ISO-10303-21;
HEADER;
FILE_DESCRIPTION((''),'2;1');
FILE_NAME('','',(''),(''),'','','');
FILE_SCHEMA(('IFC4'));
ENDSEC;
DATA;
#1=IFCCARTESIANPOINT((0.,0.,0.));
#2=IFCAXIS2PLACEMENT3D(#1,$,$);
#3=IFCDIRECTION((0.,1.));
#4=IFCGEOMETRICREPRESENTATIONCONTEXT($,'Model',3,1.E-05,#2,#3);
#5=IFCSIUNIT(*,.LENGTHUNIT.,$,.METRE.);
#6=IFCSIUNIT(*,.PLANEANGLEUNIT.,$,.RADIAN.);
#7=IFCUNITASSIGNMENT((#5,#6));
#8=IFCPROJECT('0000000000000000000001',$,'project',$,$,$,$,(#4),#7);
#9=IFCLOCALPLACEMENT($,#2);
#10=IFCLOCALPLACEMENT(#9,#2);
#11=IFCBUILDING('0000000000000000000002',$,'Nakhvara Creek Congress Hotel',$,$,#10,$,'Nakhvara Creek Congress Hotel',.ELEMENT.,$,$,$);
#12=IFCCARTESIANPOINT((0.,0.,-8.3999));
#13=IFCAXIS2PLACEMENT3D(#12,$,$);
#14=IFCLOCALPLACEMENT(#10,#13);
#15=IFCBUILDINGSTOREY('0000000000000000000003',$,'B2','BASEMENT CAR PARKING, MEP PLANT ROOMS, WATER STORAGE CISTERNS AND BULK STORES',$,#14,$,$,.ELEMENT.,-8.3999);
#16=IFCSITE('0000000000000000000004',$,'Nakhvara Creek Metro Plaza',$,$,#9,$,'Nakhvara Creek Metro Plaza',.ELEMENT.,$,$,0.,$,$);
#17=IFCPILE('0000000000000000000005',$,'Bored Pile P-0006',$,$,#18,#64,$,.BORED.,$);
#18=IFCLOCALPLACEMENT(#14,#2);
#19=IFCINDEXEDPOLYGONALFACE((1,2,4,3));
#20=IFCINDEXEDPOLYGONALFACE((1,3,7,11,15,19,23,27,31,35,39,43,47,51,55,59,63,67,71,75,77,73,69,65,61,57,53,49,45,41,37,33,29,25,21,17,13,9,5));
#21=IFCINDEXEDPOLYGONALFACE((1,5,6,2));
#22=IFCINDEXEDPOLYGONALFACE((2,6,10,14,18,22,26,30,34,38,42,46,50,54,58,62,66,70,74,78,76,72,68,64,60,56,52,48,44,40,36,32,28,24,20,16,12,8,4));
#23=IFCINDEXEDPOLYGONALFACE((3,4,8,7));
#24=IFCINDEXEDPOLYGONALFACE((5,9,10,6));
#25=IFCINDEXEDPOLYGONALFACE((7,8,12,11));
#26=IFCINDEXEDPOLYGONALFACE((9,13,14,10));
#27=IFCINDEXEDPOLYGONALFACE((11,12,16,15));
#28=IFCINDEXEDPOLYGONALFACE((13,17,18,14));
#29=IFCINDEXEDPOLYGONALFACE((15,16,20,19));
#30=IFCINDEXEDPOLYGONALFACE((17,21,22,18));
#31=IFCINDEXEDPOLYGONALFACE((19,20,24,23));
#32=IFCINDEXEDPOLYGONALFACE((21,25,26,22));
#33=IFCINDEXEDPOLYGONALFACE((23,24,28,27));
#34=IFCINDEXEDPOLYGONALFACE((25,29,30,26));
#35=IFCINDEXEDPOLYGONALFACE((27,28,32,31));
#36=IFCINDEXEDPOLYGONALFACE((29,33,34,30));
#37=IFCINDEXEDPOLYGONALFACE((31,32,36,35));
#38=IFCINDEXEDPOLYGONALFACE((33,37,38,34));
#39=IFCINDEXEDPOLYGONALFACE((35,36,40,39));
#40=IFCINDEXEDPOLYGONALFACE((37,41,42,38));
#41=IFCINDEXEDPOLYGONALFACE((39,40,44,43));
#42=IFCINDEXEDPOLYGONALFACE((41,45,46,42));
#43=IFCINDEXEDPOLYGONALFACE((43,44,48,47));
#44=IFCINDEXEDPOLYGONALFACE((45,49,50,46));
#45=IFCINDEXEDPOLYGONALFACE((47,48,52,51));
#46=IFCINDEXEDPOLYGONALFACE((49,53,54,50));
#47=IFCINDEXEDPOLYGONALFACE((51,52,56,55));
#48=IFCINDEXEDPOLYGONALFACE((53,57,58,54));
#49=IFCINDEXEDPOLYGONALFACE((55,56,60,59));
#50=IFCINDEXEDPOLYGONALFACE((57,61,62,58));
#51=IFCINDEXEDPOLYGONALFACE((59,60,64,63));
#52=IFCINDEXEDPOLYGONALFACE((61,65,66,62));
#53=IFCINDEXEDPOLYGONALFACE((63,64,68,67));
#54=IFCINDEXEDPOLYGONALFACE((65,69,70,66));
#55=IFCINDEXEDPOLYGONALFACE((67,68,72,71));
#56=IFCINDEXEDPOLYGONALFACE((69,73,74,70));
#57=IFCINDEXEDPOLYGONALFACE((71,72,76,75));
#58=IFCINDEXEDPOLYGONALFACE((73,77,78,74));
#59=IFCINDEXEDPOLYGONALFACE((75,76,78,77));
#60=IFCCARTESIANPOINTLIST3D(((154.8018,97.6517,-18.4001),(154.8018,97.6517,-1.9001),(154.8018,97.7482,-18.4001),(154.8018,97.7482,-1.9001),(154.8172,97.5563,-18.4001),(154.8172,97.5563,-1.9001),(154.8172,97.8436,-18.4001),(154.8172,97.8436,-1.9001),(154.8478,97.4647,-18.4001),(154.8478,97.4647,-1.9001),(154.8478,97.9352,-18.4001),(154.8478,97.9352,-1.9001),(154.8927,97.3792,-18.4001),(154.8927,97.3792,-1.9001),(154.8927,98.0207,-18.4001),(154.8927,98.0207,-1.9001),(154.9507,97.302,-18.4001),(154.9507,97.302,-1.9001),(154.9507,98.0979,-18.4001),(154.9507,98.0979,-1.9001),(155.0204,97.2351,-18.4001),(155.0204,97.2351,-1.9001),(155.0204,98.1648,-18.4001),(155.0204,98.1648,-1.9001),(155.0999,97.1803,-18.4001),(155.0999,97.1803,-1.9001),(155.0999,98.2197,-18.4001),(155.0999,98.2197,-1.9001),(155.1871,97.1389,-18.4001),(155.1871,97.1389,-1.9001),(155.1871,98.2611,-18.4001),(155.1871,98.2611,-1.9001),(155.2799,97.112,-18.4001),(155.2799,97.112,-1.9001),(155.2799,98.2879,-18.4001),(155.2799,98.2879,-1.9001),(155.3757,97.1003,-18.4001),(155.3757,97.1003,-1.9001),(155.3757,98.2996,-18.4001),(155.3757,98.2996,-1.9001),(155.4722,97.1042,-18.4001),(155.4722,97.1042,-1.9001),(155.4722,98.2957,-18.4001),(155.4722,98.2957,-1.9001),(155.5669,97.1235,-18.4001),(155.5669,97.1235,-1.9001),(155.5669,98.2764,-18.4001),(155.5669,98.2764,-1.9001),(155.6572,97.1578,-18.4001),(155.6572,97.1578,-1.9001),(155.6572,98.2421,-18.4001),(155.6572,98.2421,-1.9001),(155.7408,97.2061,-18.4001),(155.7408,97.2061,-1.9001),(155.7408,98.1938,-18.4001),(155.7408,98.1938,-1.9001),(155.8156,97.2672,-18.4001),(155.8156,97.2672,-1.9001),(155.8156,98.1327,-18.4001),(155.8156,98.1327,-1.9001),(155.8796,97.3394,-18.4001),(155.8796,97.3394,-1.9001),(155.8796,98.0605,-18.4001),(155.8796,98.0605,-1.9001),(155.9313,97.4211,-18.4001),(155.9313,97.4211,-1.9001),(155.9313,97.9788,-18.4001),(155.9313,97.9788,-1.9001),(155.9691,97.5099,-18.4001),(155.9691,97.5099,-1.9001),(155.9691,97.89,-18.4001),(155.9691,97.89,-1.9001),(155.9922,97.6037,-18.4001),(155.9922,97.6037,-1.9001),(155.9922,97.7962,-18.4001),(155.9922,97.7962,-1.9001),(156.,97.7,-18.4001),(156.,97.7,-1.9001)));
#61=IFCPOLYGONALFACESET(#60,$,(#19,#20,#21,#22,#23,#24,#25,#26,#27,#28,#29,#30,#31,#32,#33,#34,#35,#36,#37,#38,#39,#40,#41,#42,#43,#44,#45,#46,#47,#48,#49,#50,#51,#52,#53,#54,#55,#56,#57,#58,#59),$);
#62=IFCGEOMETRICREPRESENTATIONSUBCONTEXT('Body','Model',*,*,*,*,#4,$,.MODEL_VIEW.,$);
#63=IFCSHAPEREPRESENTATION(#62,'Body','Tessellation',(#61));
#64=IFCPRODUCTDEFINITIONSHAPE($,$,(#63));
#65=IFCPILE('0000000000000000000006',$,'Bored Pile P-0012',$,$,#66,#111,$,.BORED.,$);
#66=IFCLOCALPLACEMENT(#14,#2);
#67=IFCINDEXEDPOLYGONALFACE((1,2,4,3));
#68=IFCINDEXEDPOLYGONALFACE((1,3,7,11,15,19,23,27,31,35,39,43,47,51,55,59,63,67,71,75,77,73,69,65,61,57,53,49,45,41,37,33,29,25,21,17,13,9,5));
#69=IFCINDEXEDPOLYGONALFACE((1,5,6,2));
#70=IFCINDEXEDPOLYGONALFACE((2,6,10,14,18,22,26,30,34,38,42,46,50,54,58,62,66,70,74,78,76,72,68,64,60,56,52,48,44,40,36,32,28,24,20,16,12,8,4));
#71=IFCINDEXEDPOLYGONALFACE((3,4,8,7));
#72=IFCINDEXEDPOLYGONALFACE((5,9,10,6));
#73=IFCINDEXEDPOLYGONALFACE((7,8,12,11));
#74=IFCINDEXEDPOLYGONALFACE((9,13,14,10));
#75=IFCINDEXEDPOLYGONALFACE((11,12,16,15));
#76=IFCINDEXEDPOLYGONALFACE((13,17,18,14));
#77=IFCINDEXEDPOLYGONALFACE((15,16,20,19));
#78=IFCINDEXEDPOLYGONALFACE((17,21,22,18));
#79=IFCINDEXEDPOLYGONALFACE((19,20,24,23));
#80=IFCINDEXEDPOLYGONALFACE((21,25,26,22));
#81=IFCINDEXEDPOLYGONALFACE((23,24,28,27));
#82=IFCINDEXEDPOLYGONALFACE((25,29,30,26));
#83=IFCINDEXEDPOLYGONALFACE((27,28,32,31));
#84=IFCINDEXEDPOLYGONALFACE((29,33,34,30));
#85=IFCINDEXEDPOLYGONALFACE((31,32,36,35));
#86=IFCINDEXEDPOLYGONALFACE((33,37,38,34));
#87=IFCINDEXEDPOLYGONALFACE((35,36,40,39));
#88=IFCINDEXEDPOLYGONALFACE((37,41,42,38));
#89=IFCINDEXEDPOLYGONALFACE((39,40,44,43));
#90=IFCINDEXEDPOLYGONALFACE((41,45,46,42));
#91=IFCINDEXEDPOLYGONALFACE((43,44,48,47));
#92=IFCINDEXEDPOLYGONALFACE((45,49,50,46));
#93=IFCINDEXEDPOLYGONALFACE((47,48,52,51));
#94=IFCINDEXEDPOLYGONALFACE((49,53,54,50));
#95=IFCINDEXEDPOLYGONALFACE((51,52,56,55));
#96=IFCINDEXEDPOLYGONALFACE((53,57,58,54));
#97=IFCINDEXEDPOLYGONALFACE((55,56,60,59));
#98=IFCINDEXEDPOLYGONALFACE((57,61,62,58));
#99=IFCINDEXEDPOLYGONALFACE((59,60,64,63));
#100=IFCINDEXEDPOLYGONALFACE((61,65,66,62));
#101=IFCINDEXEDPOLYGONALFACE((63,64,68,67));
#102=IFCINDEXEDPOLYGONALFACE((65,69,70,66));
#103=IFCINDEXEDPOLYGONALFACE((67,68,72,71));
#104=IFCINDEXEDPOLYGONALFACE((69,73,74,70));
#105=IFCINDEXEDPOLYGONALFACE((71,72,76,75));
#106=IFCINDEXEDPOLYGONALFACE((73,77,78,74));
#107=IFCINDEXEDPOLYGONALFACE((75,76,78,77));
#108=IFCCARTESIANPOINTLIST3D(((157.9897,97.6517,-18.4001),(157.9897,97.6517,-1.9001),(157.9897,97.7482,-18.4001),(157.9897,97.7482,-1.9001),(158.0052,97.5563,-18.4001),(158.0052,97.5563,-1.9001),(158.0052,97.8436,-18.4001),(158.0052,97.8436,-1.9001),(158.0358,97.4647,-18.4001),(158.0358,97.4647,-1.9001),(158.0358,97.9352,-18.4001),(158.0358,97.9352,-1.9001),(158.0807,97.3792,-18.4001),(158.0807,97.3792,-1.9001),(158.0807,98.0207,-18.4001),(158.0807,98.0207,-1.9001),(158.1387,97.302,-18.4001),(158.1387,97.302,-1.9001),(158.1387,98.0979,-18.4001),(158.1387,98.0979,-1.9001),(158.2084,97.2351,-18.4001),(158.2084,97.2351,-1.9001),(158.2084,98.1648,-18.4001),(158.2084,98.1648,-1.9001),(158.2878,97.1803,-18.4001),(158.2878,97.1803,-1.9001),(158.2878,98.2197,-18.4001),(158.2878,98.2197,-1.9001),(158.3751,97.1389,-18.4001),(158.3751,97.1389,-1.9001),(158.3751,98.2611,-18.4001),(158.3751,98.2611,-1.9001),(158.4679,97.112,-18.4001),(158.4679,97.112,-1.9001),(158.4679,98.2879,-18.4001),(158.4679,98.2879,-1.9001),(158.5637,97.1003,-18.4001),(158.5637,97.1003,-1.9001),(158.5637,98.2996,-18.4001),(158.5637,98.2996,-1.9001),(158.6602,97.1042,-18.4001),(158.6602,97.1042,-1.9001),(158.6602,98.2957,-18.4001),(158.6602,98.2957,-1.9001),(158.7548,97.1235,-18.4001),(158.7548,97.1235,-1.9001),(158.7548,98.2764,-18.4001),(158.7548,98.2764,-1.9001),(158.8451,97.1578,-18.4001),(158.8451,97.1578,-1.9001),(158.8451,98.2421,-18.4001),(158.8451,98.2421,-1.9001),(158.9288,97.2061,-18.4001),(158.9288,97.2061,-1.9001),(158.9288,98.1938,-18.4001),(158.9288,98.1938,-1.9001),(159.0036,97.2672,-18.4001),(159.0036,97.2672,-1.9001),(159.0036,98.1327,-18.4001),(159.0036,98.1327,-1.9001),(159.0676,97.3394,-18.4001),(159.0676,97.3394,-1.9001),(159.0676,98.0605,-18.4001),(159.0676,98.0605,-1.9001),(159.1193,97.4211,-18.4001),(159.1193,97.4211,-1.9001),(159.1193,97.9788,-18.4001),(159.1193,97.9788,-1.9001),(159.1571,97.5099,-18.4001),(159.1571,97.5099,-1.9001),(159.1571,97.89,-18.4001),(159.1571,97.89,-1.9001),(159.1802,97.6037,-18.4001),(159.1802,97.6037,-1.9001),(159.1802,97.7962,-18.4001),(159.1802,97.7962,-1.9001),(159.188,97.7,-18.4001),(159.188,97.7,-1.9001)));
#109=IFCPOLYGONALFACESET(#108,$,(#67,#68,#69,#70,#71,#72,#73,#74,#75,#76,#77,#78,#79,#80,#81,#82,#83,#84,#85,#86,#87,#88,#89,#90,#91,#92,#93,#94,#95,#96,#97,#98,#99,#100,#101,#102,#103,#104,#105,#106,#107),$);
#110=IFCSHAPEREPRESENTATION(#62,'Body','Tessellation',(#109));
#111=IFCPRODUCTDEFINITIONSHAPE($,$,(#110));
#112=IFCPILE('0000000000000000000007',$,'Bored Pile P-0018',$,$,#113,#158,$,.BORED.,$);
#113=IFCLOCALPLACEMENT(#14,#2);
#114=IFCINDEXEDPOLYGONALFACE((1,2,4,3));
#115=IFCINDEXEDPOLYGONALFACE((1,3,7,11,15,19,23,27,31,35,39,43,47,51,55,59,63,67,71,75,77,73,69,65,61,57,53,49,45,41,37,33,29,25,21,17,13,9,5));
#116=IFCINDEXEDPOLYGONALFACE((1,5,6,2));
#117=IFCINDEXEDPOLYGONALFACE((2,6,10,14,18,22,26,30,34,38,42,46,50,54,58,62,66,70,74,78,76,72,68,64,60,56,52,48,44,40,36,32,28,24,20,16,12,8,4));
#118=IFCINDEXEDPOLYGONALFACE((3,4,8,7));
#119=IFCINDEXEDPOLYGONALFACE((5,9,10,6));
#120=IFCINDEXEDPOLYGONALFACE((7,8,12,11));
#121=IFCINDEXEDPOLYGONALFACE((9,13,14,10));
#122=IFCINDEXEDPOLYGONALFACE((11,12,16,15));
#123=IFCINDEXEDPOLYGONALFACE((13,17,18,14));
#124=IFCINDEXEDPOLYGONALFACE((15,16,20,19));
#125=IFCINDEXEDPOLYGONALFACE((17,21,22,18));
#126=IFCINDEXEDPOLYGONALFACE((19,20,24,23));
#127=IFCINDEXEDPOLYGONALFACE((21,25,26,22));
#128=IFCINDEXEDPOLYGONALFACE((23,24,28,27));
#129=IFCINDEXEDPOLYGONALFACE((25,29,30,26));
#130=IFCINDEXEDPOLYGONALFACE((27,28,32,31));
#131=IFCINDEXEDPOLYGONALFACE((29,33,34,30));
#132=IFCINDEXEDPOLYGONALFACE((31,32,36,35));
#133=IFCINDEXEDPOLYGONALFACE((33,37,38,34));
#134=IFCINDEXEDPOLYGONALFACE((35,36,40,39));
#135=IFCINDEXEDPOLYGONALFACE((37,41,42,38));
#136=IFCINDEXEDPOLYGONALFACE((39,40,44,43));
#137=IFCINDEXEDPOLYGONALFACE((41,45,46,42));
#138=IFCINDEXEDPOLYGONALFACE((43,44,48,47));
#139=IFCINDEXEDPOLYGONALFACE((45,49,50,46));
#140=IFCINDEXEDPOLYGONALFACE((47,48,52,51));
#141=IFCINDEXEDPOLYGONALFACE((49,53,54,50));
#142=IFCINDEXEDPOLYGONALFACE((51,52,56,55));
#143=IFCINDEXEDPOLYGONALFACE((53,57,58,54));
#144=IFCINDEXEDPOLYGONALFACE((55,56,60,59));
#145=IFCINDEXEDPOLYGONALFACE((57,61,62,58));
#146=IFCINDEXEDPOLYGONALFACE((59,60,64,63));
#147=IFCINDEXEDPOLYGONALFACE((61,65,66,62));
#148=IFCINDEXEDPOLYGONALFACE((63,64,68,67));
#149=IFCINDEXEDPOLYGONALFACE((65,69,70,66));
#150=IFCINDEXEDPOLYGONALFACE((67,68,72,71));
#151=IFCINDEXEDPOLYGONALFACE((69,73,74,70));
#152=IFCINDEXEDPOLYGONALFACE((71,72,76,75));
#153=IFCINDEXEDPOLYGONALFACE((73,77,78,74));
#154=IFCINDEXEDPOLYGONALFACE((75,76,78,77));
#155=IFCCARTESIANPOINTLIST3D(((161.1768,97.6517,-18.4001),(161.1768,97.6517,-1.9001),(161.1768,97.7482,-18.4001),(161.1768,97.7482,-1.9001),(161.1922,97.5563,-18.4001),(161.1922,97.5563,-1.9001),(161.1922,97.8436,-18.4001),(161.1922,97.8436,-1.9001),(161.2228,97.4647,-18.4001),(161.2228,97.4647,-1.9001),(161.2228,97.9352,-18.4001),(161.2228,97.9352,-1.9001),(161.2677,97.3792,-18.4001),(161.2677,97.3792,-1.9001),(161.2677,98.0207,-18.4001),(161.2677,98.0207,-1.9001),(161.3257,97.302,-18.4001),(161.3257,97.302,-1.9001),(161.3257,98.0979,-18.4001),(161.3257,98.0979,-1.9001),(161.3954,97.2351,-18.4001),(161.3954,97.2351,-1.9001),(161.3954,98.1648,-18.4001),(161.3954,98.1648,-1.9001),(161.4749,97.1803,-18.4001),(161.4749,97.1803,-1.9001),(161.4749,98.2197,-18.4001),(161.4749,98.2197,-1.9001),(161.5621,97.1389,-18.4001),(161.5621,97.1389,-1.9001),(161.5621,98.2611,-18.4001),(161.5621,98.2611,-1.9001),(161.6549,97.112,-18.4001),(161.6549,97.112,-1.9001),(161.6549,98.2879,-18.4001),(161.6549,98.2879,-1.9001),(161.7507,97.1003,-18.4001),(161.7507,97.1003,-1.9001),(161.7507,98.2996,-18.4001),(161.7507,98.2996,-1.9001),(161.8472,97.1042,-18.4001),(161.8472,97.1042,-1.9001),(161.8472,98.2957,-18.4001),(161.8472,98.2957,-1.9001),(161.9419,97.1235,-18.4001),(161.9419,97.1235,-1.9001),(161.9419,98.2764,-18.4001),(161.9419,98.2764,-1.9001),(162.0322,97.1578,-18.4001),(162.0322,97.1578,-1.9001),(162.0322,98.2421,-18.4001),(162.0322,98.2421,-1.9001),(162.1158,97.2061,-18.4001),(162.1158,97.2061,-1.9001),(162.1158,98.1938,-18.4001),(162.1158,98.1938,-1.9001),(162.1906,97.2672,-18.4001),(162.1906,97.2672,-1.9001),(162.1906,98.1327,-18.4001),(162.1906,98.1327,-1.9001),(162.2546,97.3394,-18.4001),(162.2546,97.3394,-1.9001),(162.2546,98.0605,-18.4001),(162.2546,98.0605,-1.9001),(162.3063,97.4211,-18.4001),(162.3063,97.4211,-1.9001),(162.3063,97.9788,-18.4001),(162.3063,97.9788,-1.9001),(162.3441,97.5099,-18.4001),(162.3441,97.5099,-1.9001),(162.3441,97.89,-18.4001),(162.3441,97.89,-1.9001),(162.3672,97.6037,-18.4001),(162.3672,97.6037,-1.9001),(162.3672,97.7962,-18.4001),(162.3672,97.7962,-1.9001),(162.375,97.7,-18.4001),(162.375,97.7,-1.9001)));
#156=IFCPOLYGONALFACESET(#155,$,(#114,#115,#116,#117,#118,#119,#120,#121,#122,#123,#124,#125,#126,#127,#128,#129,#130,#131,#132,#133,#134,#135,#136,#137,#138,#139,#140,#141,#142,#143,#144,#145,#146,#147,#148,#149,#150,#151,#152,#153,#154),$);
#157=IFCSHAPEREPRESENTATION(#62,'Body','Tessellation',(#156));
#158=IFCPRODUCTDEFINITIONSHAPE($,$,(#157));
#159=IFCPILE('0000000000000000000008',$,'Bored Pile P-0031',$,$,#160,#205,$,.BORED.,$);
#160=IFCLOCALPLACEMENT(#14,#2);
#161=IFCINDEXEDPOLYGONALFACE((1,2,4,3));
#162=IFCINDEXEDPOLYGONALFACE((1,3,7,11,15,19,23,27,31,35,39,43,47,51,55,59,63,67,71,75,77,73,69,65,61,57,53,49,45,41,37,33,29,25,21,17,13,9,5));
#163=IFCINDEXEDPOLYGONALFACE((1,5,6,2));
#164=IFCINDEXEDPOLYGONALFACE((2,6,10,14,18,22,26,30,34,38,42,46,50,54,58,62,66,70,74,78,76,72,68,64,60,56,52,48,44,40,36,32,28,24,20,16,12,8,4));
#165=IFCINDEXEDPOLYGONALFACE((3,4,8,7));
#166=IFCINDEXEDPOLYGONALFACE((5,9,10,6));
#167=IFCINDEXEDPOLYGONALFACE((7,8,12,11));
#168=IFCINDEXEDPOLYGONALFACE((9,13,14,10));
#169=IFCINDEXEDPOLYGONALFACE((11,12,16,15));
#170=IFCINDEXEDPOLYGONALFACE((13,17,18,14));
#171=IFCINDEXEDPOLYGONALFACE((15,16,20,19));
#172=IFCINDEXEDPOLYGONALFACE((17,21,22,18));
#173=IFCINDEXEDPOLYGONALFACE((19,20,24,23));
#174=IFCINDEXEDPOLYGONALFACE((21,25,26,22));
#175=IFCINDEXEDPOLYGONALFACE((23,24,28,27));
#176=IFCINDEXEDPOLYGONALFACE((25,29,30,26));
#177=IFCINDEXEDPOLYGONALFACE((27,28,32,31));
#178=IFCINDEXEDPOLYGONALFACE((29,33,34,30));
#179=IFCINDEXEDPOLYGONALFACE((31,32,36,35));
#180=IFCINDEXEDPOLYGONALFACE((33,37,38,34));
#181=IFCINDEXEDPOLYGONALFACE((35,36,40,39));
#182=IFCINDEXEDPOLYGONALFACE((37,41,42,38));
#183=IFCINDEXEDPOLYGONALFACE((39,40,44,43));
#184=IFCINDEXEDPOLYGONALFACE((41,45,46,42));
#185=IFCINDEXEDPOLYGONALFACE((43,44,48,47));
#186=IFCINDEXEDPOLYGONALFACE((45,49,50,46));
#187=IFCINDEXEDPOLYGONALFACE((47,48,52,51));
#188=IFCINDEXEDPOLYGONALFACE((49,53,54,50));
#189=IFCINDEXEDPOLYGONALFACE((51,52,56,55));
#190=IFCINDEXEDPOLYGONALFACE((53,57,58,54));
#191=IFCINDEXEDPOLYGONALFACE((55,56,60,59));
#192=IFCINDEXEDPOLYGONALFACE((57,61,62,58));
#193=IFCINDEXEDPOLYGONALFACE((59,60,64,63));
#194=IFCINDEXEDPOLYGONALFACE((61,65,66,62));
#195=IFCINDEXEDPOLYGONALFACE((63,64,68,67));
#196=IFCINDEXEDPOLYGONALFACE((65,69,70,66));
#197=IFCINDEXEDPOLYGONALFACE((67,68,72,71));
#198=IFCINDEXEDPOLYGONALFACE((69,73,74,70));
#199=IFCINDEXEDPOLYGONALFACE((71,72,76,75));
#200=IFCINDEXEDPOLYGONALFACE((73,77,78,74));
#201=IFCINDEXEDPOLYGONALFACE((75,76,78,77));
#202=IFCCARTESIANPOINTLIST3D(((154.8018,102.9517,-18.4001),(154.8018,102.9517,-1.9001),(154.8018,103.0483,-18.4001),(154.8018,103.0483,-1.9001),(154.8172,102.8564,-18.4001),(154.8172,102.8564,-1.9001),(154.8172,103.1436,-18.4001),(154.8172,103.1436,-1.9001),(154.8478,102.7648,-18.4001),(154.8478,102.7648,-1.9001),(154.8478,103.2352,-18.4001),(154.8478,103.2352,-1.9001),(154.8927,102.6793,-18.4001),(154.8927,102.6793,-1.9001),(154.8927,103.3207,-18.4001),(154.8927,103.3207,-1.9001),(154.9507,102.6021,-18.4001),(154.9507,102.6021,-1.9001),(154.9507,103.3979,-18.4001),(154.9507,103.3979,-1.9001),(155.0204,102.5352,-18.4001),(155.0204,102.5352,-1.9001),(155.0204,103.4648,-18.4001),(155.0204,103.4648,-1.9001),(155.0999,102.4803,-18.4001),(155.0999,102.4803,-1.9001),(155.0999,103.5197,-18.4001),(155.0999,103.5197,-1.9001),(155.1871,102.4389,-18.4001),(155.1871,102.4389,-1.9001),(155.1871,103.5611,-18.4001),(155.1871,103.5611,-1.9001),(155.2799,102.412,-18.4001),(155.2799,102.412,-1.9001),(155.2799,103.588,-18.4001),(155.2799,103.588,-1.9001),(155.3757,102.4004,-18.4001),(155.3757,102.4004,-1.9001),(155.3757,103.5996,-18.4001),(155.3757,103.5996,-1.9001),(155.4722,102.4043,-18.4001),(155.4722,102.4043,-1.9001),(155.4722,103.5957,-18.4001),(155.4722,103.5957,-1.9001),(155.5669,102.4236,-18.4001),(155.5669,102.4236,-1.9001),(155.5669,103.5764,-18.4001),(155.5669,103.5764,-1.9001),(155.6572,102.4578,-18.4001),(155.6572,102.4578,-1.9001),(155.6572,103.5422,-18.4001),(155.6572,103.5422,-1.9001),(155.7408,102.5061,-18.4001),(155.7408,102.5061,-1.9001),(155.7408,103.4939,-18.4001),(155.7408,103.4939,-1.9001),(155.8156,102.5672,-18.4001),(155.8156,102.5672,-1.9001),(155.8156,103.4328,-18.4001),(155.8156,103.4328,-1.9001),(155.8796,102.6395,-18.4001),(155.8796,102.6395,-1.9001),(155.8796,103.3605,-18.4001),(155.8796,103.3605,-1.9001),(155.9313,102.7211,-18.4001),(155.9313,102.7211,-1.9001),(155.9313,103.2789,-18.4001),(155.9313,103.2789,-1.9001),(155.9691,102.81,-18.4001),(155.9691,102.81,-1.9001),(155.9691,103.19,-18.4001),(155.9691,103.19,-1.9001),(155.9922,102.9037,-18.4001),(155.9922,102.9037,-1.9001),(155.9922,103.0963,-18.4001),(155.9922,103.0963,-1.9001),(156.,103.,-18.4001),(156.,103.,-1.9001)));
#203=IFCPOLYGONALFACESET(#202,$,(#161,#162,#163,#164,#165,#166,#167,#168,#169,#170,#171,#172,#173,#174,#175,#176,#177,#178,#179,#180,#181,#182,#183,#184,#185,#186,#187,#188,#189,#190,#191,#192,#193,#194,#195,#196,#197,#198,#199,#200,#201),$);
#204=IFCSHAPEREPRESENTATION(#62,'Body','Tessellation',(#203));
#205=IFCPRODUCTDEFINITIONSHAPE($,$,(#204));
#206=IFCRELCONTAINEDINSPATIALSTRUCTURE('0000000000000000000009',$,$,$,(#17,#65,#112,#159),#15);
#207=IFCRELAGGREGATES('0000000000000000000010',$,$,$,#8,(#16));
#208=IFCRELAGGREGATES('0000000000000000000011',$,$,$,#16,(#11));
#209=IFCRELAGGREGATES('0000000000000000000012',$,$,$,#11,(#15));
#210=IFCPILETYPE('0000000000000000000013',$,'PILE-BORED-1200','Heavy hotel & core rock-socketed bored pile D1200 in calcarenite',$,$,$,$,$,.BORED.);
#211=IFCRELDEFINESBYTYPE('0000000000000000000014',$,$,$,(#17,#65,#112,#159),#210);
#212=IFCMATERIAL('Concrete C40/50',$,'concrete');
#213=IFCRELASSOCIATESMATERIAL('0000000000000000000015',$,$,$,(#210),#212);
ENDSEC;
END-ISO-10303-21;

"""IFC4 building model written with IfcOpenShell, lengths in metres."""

from ifc_helpers import new_model, si_unit, direction, frame, origin, origin_2d, place, context, subcontext, project, spatial, circle, extrude, material, material_profile, profile_set, type_object, element, save


model = new_model("IFC4")

# Units and contexts
model_context = context("Model", 3, precision=1e-05, world=origin(), true_north=direction((0.0, 1.0)))
body_context = subcontext(model_context, "Body", "Model", "MODEL_VIEW")
ifc_project = project(units=[si_unit("LENGTHUNIT", "METRE"), si_unit("PLANEANGLEUNIT", "RADIAN")], contexts=[model_context])

# Site, building, storey
site_placement = place(None, origin())
site = spatial("IfcSite", under=ifc_project, at=site_placement, Name="Nakhvara Creek Metro Plaza", LongName="Nakhvara Creek Metro Plaza", CompositionType="ELEMENT", RefElevation=0.0)
building_placement = place(site_placement, origin())
building = spatial("IfcBuilding", under=site, at=building_placement, Name="Nakhvara Creek Congress Hotel", LongName="Nakhvara Creek Congress Hotel", CompositionType="ELEMENT")
storey_placement = place(building_placement, frame((0.0, 0.0, -8.3999)))
storey = spatial("IfcBuildingStorey", under=building, at=storey_placement, Name="B2", Description="BASEMENT CAR PARKING, MEP PLANT ROOMS, WATER STORAGE CISTERNS AND BULK STORES", CompositionType="ELEMENT", Elevation=-8.3999)

# Piles
ifc_material_1 = material(Name="Concrete C40/50", Category="concrete")
ifc_material_profile_1 = material_profile(ifc_material_1, circle(Radius=0.6001, at=origin_2d()), Name="BORED PILE D1200", Category="LoadBearing")
ifc_profile_set_1 = profile_set([ifc_material_profile_1], Name="Concrete C40/50")
pile_type = type_object("IfcPileType", Name="PILE-BORED-1200", Description="Heavy hotel & core rock-socketed bored pile D1200 in calcarenite", PredefinedType="BORED", material=ifc_profile_set_1)
for number, where, z_axis, x_axis, name in (
    (1, (155.3999, 97.7, -1.9001), (0.0, 0.0, -1.0), (1.0, 0.0, 0.0), "Bored Pile P-0006"),
    (2, (158.5879, 97.7, -1.9001), (0.0, 0.0, -1.0), (1.0, 0.0, 0.0), "Bored Pile P-0012"),
    (3, (161.7749, 97.7, -1.9001), (0.0, 0.0, -1.0), (1.0, 0.0, 0.0), "Bored Pile P-0018"),
    (4, (155.3999, 103.0, -1.9001), (0.0, 0.0, -1.0), (1.0, 0.0, 0.0), "Bored Pile P-0031"),
):
    element("IfcPile", number, at=place(storey_placement, frame(where, z_axis=z_axis, x_axis=x_axis)), inside=storey, type_object=pile_type, Name=name, PredefinedType="BORED", context=body_context, shape_type="SweptSolid", body=[
        extrude(circle(Radius=0.6001, at=origin_2d()), origin(), (0.0, 0.0, 1.0), 16.5),
    ])

save(model, "model.ifc")
